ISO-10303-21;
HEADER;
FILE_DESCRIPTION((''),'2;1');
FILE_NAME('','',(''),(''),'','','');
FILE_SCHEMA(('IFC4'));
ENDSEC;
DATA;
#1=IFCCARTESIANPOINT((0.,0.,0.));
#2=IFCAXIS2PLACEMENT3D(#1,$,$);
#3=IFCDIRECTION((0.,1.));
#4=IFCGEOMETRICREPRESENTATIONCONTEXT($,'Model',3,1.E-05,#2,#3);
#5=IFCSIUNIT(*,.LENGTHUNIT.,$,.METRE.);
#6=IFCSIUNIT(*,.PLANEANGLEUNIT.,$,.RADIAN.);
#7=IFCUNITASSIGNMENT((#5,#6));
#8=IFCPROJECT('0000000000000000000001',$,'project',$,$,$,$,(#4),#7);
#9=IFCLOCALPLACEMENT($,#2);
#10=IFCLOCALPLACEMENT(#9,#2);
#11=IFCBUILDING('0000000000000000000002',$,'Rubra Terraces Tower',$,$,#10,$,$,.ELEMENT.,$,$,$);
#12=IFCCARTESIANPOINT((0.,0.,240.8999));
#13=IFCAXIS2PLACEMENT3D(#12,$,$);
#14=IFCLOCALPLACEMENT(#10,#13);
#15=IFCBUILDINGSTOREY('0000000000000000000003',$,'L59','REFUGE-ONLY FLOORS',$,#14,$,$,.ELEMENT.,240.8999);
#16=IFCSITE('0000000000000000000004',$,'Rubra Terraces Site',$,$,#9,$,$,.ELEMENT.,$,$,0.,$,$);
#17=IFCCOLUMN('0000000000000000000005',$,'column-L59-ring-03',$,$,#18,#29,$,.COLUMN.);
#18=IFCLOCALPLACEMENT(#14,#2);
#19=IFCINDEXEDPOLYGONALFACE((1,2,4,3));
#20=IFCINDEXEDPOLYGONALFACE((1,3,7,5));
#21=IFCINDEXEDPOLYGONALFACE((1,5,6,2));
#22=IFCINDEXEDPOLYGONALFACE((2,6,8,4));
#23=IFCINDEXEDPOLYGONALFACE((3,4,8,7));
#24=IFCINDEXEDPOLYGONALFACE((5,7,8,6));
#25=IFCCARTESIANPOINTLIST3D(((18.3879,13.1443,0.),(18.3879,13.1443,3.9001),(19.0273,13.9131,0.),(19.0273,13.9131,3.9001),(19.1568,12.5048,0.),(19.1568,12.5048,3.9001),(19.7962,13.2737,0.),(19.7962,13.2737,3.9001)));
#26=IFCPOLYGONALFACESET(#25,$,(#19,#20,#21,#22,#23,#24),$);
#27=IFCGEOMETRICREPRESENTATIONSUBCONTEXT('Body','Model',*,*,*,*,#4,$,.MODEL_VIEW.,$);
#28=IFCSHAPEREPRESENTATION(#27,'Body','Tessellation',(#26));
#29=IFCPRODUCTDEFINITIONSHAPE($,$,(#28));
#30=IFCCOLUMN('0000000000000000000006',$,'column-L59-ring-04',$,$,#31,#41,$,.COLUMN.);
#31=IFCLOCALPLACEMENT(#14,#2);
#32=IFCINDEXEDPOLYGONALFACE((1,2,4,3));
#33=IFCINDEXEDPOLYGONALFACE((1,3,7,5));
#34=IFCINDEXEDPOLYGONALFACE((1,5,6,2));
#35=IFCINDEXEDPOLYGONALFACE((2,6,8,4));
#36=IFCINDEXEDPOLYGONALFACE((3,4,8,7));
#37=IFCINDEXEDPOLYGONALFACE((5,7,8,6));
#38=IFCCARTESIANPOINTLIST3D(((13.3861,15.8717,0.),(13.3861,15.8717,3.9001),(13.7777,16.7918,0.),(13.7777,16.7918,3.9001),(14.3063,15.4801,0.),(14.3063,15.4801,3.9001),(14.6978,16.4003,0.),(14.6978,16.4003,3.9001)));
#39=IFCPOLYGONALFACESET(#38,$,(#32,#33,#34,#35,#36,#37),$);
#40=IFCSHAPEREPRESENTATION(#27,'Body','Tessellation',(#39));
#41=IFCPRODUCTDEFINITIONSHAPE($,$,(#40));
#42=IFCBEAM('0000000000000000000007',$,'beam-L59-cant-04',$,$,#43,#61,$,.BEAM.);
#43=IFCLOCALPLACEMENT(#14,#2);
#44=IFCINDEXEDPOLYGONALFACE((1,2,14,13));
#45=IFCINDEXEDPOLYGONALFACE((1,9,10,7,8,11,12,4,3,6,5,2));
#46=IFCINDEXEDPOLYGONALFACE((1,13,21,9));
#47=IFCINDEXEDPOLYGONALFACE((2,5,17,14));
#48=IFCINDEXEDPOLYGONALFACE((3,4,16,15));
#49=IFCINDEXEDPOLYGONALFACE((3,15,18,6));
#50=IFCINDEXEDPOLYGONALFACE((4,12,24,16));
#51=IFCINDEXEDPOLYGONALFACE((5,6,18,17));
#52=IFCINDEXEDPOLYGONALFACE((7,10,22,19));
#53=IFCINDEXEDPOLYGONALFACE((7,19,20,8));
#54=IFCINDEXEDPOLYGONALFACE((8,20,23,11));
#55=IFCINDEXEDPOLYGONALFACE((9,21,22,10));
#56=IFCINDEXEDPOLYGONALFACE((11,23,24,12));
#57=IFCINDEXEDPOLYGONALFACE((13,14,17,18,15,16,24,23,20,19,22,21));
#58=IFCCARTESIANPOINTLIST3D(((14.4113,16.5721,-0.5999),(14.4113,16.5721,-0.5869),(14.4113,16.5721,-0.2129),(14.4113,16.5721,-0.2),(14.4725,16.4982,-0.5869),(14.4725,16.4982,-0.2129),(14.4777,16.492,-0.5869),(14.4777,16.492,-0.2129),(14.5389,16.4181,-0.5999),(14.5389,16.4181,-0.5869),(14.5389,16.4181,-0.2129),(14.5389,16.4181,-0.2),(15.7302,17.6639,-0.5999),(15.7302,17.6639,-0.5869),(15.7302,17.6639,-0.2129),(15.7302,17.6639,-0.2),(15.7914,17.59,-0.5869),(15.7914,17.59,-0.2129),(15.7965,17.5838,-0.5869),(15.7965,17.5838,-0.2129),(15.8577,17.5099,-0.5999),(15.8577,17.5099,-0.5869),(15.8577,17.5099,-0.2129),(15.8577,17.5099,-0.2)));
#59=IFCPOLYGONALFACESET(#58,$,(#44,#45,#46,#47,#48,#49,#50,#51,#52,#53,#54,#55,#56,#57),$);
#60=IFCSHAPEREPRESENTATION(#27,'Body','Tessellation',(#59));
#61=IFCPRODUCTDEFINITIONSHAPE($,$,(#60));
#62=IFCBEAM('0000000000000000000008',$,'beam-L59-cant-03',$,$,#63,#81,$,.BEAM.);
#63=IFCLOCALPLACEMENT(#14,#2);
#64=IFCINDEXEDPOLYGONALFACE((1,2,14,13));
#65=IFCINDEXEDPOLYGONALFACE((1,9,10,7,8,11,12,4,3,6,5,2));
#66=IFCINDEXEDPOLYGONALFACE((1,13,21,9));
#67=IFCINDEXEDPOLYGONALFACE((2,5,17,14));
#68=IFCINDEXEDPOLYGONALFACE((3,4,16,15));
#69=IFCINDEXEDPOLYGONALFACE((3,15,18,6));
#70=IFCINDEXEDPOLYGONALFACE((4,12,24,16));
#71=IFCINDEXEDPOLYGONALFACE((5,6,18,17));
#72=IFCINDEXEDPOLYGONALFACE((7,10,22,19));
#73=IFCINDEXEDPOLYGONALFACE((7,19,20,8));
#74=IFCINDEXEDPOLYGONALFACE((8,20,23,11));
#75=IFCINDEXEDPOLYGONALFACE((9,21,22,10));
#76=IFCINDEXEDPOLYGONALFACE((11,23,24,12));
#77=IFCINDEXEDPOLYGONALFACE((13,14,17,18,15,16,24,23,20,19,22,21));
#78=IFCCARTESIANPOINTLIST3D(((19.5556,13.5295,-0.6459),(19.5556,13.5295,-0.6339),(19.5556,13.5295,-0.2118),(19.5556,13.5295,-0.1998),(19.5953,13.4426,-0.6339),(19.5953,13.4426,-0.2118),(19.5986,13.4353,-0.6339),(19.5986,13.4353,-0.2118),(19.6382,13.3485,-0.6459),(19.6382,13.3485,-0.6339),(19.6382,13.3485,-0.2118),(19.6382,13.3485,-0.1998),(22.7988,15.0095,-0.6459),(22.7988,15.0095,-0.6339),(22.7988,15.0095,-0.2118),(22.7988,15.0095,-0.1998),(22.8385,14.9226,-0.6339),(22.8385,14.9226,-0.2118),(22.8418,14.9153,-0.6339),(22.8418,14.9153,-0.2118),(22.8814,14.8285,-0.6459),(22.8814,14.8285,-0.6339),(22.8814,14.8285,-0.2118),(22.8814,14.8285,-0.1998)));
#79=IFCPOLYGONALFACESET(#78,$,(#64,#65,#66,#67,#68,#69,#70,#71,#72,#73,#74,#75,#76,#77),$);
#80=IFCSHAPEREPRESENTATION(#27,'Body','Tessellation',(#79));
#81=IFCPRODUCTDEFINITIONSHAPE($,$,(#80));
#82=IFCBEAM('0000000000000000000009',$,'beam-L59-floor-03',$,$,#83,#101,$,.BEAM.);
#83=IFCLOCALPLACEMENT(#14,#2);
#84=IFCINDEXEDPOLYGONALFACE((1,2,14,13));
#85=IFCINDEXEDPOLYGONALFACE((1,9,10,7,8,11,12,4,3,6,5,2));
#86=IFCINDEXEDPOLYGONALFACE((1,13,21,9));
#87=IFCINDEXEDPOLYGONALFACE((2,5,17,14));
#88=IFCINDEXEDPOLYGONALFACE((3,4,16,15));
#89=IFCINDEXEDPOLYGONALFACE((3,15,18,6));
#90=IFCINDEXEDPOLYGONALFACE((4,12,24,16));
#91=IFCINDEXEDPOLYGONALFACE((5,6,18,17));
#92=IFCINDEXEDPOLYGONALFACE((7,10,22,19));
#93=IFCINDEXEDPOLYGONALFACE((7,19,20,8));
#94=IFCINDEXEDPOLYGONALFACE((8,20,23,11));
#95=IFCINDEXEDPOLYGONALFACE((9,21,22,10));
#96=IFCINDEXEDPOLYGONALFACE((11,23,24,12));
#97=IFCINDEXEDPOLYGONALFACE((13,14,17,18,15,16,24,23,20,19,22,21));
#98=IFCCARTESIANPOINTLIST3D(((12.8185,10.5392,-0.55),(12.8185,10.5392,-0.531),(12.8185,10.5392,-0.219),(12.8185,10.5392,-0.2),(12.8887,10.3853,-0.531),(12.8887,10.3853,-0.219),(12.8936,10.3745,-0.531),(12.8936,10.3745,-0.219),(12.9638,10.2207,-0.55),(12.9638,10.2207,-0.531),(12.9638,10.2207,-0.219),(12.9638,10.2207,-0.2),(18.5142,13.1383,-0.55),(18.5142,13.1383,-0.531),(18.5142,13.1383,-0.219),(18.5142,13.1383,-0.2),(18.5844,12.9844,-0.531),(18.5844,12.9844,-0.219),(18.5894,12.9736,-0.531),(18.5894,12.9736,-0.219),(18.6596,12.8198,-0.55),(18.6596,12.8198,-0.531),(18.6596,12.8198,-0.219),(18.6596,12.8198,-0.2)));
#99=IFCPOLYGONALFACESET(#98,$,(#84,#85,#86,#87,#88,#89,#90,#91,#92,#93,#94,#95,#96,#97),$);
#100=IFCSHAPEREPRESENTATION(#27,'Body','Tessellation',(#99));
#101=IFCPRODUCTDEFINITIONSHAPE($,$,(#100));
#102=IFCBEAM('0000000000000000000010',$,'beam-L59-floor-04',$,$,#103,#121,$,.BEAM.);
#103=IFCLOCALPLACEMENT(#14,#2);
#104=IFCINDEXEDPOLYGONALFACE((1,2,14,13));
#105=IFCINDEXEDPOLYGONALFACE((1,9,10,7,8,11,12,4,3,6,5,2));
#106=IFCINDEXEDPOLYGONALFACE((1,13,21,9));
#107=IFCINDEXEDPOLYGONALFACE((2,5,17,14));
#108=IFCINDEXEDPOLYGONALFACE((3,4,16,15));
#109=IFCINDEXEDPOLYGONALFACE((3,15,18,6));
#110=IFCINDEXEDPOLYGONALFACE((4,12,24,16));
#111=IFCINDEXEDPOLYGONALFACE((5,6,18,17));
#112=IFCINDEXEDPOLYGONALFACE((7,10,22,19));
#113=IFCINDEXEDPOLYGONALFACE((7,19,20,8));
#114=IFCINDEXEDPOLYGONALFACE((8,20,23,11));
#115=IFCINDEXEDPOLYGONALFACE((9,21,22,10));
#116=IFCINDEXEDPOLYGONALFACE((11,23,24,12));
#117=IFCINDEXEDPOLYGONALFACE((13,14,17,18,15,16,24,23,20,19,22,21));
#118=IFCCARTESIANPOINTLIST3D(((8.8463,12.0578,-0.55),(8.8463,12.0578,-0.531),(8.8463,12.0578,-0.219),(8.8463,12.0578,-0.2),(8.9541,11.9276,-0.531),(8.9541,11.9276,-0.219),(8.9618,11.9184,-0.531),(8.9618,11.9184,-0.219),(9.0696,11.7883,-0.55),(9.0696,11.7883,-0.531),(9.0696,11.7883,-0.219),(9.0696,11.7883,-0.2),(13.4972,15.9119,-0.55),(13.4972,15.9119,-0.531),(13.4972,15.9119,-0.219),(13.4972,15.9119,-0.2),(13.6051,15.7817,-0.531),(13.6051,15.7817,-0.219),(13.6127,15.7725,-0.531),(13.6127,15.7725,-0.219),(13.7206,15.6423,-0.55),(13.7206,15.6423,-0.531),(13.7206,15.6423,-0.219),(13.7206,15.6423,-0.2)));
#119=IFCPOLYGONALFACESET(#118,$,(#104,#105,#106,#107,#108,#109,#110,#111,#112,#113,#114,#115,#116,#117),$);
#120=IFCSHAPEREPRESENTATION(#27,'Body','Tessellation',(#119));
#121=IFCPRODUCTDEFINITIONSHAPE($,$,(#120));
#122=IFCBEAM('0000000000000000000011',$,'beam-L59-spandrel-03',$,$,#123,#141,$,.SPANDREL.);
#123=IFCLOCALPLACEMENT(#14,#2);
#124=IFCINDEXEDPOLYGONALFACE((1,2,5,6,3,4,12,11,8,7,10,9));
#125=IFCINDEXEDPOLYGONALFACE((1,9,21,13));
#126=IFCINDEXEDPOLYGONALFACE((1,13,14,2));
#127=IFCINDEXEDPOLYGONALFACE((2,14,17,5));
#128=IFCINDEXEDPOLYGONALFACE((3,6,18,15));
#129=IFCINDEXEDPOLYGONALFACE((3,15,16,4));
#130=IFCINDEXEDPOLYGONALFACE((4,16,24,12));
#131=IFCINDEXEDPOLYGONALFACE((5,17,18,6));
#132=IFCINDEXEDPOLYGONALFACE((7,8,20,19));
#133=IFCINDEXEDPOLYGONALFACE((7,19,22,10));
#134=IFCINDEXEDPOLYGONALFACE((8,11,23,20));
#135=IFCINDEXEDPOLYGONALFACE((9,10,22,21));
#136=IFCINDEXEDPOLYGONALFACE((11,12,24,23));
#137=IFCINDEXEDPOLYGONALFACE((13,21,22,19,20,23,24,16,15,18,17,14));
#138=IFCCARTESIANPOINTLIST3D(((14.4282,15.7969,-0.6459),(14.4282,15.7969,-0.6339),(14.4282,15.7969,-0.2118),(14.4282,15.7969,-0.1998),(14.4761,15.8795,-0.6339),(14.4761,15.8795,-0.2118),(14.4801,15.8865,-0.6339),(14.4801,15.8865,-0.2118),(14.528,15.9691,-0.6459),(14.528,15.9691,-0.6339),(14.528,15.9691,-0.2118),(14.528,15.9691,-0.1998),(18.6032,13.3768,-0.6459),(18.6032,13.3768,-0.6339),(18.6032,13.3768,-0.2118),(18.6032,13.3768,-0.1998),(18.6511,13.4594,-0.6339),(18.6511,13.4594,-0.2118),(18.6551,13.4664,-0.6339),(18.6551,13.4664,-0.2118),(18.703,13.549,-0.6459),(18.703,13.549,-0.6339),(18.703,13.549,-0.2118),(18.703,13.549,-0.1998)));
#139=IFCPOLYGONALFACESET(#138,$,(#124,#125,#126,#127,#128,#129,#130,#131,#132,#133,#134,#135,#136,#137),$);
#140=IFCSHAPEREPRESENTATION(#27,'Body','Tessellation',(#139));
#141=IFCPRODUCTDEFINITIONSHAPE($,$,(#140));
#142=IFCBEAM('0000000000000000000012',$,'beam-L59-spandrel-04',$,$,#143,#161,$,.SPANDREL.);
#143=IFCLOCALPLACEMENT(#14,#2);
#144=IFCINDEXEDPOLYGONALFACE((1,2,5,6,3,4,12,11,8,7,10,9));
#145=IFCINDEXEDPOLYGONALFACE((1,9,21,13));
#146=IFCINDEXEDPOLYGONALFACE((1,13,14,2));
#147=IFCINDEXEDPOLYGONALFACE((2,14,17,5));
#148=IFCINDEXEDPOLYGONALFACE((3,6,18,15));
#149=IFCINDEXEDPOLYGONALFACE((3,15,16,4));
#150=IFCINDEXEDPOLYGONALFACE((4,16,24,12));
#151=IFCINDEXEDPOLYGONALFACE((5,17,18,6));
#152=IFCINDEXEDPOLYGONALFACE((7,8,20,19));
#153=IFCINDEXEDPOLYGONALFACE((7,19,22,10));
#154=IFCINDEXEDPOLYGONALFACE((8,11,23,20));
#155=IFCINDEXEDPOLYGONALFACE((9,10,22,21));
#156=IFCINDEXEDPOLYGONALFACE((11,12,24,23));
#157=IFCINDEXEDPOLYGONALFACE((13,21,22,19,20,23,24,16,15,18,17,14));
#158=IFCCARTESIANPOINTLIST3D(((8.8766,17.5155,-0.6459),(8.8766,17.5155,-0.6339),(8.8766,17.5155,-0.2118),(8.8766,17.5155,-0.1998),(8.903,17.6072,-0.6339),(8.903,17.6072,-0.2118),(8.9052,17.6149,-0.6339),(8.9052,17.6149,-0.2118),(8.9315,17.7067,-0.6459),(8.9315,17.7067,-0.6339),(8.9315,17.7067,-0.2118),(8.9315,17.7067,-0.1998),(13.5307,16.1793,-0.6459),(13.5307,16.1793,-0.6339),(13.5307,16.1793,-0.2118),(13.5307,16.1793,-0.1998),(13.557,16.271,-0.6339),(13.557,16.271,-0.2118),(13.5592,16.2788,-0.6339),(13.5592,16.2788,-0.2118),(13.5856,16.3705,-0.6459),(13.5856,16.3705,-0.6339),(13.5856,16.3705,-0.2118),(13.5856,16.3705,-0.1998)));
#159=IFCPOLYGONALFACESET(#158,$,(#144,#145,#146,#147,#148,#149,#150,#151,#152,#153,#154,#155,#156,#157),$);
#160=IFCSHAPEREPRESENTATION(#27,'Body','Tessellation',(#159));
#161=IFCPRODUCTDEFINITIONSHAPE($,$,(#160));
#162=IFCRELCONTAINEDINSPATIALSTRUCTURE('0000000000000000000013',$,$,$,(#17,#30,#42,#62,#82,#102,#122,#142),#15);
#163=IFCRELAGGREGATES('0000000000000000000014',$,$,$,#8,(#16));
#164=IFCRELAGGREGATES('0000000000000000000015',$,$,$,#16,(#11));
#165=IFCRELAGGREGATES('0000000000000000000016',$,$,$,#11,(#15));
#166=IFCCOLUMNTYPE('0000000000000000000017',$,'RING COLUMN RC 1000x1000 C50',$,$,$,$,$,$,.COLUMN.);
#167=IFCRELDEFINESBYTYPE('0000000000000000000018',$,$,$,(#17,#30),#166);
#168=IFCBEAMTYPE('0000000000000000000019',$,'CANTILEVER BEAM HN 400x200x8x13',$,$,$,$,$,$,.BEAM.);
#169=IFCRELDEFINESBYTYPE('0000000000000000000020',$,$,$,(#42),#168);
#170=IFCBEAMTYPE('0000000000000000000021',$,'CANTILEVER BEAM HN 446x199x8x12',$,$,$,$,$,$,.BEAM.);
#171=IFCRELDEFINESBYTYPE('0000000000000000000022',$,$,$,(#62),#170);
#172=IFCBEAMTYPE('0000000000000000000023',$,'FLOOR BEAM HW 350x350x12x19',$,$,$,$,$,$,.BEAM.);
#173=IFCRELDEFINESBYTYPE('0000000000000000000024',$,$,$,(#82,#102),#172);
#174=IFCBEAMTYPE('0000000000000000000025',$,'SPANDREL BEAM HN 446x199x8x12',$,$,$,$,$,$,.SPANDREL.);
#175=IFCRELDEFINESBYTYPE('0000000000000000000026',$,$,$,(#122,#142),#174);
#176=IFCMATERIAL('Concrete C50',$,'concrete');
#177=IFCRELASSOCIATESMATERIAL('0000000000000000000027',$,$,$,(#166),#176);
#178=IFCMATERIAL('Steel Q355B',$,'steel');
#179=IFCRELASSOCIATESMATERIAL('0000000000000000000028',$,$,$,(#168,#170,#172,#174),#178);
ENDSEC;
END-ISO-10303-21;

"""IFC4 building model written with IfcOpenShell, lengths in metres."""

from ifc_helpers import new_model, si_unit, direction, frame, origin, origin_2d, place, context, subcontext, project, spatial, rectangle, i_section, extrude, material, material_profile, profile_set, type_object, element, save


model = new_model("IFC4")

# Units and contexts
model_context = context("Model", 3, precision=1e-05, world=origin(), true_north=direction((0.0, 1.0)))
body_context = subcontext(model_context, "Body", "Model", "MODEL_VIEW")
ifc_project = project(units=[si_unit("LENGTHUNIT", "METRE"), si_unit("PLANEANGLEUNIT", "RADIAN")], contexts=[model_context])

# Site, building, storey
site_placement = place(None, origin())
site = spatial("IfcSite", under=ifc_project, at=site_placement, Name="Rubra Terraces Site", CompositionType="ELEMENT", RefElevation=0.0)
building_placement = place(site_placement, origin())
building = spatial("IfcBuilding", under=site, at=building_placement, Name="Rubra Terraces Tower", CompositionType="ELEMENT")
storey_placement = place(building_placement, frame((0.0, 0.0, 240.8999)))
storey = spatial("IfcBuildingStorey", under=building, at=storey_placement, Name="L59", Description="REFUGE-ONLY FLOORS", CompositionType="ELEMENT", Elevation=240.8999)

# Columns
ifc_material_1 = material(Name="Concrete C50", Category="concrete")
ifc_material_profile_1 = material_profile(ifc_material_1, rectangle(XDim=1.0, YDim=1.0, at=origin_2d()), Name="RC 1000x1000")
ifc_profile_set_1 = profile_set([ifc_material_profile_1], Name="Concrete C50")
column_type = type_object("IfcColumnType", Name="RING COLUMN RC 1000x1000 C50", PredefinedType="COLUMN", material=ifc_profile_set_1)
for number, where, z_axis, x_axis, name in (
    (1, (19.092, 13.209, 0.0), (0.0, 0.0, 1.0), (-0.76887, 0.639405, 0.0), "column-L59-ring-03"),
    (2, (14.042, 16.136, 0.0), (0.0, 0.0, 1.0), (-0.920168, 0.391524, 0.0), "column-L59-ring-04"),
):
    element("IfcColumn", number, at=place(storey_placement, frame(where, z_axis=z_axis, x_axis=x_axis)), inside=storey, type_object=column_type, Name=name, PredefinedType="COLUMN", context=body_context, shape_type="SweptSolid", body=[
        extrude(rectangle(XDim=1.0, YDim=1.0, at=origin_2d()), origin(), (0.0, 0.0, 1.0), 3.9001),
    ])

# Beams
ifc_material_2 = material(Name="Steel Q355B", Category="steel")
ifc_material_profile_2 = material_profile(ifc_material_2, i_section(OverallWidth=0.2, OverallDepth=0.3999, WebThickness=0.0081, FlangeThickness=0.0129, at=origin_2d()), Name="HN 400x200x8x13")
ifc_profile_set_2 = profile_set([ifc_material_profile_2], Name="Steel Q355B")
beam_type_1 = type_object("IfcBeamType", Name="CANTILEVER BEAM HN 400x200x8x13", PredefinedType="BEAM", material=ifc_profile_set_2)
beam_1_placement = place(storey_placement, frame((14.4751, 16.4951, -0.3999), z_axis=(0.770298, 0.637684, 0.0), x_axis=(-0.637684, 0.770298, 0.0)))
element("IfcBeam", 3, at=beam_1_placement, inside=storey, type_object=beam_type_1, Name="beam-L59-cant-04", PredefinedType="BEAM", context=body_context, shape_type="SweptSolid", body=[
    extrude(i_section(OverallWidth=0.2, OverallDepth=0.3999, WebThickness=0.0081, FlangeThickness=0.0129, at=origin_2d()), origin(), (0.0, 0.0, 1.0), 1.7122),
])
ifc_material_profile_3 = material_profile(ifc_material_2, i_section(OverallWidth=0.199, OverallDepth=0.446, WebThickness=0.0081, FlangeThickness=0.012, at=origin_2d()), Name="HN 446x199x8x12")
ifc_profile_set_3 = profile_set([ifc_material_profile_3], Name="Steel Q355B")
beam_type_2 = type_object("IfcBeamType", Name="CANTILEVER BEAM HN 446x199x8x12", PredefinedType="BEAM", material=ifc_profile_set_3)
beam_2_placement = place(storey_placement, frame((19.5969, 13.439, -0.4229), z_axis=(0.909751, 0.415154, 0.0), x_axis=(-0.415154, 0.909751, 0.0)))
element("IfcBeam", 4, at=beam_2_placement, inside=storey, type_object=beam_type_2, Name="beam-L59-cant-03", PredefinedType="BEAM", context=body_context, shape_type="SweptSolid", body=[
    extrude(i_section(OverallWidth=0.199, OverallDepth=0.446, WebThickness=0.0081, FlangeThickness=0.012, at=origin_2d()), origin(), (0.0, 0.0, 1.0), 3.5649),
])
ifc_material_profile_4 = material_profile(ifc_material_2, i_section(OverallWidth=0.3501, OverallDepth=0.3501, WebThickness=0.012, FlangeThickness=0.019, at=origin_2d()), Name="HW 350x350x12x19")
ifc_profile_set_4 = profile_set([ifc_material_profile_4], Name="Steel Q355B")
beam_type_3 = type_object("IfcBeamType", Name="FLOOR BEAM HW 350x350x12x19", PredefinedType="BEAM", material=ifc_profile_set_4)
beam_3_placement = place(storey_placement, frame((18.5869, 12.979, -0.375), z_axis=(-0.909757, -0.415142, 0.0), x_axis=(0.415142, -0.909757, 0.0)))
element("IfcBeam", 5, at=beam_3_placement, inside=storey, type_object=beam_type_3, Name="beam-L59-floor-03", PredefinedType="BEAM", context=body_context, shape_type="SweptSolid", body=[
    extrude(i_section(OverallWidth=0.3501, OverallDepth=0.3501, WebThickness=0.012, FlangeThickness=0.019, at=origin_2d()), origin(), (0.0, 0.0, 1.0), 6.2607),
])
beam_4_placement = place(storey_placement, frame((13.6089, 15.7771, -0.375), z_axis=(-0.769988, -0.638059, 0.0), x_axis=(0.638059, -0.769988, 0.0)))
element("IfcBeam", 6, at=beam_4_placement, inside=storey, type_object=beam_type_3, Name="beam-L59-floor-04", PredefinedType="BEAM", context=body_context, shape_type="SweptSolid", body=[
    extrude(i_section(OverallWidth=0.3501, OverallDepth=0.3501, WebThickness=0.012, FlangeThickness=0.019, at=origin_2d()), origin(), (0.0, 0.0, 1.0), 6.0403),
])
ifc_material_profile_5 = material_profile(ifc_material_2, i_section(OverallWidth=0.199, OverallDepth=0.446, WebThickness=0.0081, FlangeThickness=0.012, at=origin_2d()), Name="HN 446x199x8x12")
ifc_profile_set_5 = profile_set([ifc_material_profile_5], Name="Steel Q355B")
beam_type_4 = type_object("IfcBeamType", Name="SPANDREL BEAM HN 446x199x8x12", PredefinedType="SPANDREL", material=ifc_profile_set_5)
beam_5_placement = place(storey_placement, frame((18.6531, 13.4629, -0.4229), z_axis=(-0.865154, 0.501507, 0.0), x_axis=(-0.501507, -0.865154, 0.0)))
element("IfcBeam", 7, at=beam_5_placement, inside=storey, type_object=beam_type_4, Name="beam-L59-spandrel-03", PredefinedType="SPANDREL", context=body_context, shape_type="SweptSolid", body=[
    extrude(i_section(OverallWidth=0.199, OverallDepth=0.446, WebThickness=0.0081, FlangeThickness=0.012, at=origin_2d()), origin(), (0.0, 0.0, 1.0), 4.8257),
])
beam_6_placement = place(storey_placement, frame((13.5581, 16.2749, -0.4229), z_axis=(-0.961171, 0.275953, 0.0), x_axis=(-0.275953, -0.961171, 0.0)))
element("IfcBeam", 8, at=beam_6_placement, inside=storey, type_object=beam_type_4, Name="beam-L59-spandrel-04", PredefinedType="SPANDREL", context=body_context, shape_type="SweptSolid", body=[
    extrude(i_section(OverallWidth=0.199, OverallDepth=0.446, WebThickness=0.0081, FlangeThickness=0.012, at=origin_2d()), origin(), (0.0, 0.0, 1.0), 4.842),
])

save(model, "model.ifc")
